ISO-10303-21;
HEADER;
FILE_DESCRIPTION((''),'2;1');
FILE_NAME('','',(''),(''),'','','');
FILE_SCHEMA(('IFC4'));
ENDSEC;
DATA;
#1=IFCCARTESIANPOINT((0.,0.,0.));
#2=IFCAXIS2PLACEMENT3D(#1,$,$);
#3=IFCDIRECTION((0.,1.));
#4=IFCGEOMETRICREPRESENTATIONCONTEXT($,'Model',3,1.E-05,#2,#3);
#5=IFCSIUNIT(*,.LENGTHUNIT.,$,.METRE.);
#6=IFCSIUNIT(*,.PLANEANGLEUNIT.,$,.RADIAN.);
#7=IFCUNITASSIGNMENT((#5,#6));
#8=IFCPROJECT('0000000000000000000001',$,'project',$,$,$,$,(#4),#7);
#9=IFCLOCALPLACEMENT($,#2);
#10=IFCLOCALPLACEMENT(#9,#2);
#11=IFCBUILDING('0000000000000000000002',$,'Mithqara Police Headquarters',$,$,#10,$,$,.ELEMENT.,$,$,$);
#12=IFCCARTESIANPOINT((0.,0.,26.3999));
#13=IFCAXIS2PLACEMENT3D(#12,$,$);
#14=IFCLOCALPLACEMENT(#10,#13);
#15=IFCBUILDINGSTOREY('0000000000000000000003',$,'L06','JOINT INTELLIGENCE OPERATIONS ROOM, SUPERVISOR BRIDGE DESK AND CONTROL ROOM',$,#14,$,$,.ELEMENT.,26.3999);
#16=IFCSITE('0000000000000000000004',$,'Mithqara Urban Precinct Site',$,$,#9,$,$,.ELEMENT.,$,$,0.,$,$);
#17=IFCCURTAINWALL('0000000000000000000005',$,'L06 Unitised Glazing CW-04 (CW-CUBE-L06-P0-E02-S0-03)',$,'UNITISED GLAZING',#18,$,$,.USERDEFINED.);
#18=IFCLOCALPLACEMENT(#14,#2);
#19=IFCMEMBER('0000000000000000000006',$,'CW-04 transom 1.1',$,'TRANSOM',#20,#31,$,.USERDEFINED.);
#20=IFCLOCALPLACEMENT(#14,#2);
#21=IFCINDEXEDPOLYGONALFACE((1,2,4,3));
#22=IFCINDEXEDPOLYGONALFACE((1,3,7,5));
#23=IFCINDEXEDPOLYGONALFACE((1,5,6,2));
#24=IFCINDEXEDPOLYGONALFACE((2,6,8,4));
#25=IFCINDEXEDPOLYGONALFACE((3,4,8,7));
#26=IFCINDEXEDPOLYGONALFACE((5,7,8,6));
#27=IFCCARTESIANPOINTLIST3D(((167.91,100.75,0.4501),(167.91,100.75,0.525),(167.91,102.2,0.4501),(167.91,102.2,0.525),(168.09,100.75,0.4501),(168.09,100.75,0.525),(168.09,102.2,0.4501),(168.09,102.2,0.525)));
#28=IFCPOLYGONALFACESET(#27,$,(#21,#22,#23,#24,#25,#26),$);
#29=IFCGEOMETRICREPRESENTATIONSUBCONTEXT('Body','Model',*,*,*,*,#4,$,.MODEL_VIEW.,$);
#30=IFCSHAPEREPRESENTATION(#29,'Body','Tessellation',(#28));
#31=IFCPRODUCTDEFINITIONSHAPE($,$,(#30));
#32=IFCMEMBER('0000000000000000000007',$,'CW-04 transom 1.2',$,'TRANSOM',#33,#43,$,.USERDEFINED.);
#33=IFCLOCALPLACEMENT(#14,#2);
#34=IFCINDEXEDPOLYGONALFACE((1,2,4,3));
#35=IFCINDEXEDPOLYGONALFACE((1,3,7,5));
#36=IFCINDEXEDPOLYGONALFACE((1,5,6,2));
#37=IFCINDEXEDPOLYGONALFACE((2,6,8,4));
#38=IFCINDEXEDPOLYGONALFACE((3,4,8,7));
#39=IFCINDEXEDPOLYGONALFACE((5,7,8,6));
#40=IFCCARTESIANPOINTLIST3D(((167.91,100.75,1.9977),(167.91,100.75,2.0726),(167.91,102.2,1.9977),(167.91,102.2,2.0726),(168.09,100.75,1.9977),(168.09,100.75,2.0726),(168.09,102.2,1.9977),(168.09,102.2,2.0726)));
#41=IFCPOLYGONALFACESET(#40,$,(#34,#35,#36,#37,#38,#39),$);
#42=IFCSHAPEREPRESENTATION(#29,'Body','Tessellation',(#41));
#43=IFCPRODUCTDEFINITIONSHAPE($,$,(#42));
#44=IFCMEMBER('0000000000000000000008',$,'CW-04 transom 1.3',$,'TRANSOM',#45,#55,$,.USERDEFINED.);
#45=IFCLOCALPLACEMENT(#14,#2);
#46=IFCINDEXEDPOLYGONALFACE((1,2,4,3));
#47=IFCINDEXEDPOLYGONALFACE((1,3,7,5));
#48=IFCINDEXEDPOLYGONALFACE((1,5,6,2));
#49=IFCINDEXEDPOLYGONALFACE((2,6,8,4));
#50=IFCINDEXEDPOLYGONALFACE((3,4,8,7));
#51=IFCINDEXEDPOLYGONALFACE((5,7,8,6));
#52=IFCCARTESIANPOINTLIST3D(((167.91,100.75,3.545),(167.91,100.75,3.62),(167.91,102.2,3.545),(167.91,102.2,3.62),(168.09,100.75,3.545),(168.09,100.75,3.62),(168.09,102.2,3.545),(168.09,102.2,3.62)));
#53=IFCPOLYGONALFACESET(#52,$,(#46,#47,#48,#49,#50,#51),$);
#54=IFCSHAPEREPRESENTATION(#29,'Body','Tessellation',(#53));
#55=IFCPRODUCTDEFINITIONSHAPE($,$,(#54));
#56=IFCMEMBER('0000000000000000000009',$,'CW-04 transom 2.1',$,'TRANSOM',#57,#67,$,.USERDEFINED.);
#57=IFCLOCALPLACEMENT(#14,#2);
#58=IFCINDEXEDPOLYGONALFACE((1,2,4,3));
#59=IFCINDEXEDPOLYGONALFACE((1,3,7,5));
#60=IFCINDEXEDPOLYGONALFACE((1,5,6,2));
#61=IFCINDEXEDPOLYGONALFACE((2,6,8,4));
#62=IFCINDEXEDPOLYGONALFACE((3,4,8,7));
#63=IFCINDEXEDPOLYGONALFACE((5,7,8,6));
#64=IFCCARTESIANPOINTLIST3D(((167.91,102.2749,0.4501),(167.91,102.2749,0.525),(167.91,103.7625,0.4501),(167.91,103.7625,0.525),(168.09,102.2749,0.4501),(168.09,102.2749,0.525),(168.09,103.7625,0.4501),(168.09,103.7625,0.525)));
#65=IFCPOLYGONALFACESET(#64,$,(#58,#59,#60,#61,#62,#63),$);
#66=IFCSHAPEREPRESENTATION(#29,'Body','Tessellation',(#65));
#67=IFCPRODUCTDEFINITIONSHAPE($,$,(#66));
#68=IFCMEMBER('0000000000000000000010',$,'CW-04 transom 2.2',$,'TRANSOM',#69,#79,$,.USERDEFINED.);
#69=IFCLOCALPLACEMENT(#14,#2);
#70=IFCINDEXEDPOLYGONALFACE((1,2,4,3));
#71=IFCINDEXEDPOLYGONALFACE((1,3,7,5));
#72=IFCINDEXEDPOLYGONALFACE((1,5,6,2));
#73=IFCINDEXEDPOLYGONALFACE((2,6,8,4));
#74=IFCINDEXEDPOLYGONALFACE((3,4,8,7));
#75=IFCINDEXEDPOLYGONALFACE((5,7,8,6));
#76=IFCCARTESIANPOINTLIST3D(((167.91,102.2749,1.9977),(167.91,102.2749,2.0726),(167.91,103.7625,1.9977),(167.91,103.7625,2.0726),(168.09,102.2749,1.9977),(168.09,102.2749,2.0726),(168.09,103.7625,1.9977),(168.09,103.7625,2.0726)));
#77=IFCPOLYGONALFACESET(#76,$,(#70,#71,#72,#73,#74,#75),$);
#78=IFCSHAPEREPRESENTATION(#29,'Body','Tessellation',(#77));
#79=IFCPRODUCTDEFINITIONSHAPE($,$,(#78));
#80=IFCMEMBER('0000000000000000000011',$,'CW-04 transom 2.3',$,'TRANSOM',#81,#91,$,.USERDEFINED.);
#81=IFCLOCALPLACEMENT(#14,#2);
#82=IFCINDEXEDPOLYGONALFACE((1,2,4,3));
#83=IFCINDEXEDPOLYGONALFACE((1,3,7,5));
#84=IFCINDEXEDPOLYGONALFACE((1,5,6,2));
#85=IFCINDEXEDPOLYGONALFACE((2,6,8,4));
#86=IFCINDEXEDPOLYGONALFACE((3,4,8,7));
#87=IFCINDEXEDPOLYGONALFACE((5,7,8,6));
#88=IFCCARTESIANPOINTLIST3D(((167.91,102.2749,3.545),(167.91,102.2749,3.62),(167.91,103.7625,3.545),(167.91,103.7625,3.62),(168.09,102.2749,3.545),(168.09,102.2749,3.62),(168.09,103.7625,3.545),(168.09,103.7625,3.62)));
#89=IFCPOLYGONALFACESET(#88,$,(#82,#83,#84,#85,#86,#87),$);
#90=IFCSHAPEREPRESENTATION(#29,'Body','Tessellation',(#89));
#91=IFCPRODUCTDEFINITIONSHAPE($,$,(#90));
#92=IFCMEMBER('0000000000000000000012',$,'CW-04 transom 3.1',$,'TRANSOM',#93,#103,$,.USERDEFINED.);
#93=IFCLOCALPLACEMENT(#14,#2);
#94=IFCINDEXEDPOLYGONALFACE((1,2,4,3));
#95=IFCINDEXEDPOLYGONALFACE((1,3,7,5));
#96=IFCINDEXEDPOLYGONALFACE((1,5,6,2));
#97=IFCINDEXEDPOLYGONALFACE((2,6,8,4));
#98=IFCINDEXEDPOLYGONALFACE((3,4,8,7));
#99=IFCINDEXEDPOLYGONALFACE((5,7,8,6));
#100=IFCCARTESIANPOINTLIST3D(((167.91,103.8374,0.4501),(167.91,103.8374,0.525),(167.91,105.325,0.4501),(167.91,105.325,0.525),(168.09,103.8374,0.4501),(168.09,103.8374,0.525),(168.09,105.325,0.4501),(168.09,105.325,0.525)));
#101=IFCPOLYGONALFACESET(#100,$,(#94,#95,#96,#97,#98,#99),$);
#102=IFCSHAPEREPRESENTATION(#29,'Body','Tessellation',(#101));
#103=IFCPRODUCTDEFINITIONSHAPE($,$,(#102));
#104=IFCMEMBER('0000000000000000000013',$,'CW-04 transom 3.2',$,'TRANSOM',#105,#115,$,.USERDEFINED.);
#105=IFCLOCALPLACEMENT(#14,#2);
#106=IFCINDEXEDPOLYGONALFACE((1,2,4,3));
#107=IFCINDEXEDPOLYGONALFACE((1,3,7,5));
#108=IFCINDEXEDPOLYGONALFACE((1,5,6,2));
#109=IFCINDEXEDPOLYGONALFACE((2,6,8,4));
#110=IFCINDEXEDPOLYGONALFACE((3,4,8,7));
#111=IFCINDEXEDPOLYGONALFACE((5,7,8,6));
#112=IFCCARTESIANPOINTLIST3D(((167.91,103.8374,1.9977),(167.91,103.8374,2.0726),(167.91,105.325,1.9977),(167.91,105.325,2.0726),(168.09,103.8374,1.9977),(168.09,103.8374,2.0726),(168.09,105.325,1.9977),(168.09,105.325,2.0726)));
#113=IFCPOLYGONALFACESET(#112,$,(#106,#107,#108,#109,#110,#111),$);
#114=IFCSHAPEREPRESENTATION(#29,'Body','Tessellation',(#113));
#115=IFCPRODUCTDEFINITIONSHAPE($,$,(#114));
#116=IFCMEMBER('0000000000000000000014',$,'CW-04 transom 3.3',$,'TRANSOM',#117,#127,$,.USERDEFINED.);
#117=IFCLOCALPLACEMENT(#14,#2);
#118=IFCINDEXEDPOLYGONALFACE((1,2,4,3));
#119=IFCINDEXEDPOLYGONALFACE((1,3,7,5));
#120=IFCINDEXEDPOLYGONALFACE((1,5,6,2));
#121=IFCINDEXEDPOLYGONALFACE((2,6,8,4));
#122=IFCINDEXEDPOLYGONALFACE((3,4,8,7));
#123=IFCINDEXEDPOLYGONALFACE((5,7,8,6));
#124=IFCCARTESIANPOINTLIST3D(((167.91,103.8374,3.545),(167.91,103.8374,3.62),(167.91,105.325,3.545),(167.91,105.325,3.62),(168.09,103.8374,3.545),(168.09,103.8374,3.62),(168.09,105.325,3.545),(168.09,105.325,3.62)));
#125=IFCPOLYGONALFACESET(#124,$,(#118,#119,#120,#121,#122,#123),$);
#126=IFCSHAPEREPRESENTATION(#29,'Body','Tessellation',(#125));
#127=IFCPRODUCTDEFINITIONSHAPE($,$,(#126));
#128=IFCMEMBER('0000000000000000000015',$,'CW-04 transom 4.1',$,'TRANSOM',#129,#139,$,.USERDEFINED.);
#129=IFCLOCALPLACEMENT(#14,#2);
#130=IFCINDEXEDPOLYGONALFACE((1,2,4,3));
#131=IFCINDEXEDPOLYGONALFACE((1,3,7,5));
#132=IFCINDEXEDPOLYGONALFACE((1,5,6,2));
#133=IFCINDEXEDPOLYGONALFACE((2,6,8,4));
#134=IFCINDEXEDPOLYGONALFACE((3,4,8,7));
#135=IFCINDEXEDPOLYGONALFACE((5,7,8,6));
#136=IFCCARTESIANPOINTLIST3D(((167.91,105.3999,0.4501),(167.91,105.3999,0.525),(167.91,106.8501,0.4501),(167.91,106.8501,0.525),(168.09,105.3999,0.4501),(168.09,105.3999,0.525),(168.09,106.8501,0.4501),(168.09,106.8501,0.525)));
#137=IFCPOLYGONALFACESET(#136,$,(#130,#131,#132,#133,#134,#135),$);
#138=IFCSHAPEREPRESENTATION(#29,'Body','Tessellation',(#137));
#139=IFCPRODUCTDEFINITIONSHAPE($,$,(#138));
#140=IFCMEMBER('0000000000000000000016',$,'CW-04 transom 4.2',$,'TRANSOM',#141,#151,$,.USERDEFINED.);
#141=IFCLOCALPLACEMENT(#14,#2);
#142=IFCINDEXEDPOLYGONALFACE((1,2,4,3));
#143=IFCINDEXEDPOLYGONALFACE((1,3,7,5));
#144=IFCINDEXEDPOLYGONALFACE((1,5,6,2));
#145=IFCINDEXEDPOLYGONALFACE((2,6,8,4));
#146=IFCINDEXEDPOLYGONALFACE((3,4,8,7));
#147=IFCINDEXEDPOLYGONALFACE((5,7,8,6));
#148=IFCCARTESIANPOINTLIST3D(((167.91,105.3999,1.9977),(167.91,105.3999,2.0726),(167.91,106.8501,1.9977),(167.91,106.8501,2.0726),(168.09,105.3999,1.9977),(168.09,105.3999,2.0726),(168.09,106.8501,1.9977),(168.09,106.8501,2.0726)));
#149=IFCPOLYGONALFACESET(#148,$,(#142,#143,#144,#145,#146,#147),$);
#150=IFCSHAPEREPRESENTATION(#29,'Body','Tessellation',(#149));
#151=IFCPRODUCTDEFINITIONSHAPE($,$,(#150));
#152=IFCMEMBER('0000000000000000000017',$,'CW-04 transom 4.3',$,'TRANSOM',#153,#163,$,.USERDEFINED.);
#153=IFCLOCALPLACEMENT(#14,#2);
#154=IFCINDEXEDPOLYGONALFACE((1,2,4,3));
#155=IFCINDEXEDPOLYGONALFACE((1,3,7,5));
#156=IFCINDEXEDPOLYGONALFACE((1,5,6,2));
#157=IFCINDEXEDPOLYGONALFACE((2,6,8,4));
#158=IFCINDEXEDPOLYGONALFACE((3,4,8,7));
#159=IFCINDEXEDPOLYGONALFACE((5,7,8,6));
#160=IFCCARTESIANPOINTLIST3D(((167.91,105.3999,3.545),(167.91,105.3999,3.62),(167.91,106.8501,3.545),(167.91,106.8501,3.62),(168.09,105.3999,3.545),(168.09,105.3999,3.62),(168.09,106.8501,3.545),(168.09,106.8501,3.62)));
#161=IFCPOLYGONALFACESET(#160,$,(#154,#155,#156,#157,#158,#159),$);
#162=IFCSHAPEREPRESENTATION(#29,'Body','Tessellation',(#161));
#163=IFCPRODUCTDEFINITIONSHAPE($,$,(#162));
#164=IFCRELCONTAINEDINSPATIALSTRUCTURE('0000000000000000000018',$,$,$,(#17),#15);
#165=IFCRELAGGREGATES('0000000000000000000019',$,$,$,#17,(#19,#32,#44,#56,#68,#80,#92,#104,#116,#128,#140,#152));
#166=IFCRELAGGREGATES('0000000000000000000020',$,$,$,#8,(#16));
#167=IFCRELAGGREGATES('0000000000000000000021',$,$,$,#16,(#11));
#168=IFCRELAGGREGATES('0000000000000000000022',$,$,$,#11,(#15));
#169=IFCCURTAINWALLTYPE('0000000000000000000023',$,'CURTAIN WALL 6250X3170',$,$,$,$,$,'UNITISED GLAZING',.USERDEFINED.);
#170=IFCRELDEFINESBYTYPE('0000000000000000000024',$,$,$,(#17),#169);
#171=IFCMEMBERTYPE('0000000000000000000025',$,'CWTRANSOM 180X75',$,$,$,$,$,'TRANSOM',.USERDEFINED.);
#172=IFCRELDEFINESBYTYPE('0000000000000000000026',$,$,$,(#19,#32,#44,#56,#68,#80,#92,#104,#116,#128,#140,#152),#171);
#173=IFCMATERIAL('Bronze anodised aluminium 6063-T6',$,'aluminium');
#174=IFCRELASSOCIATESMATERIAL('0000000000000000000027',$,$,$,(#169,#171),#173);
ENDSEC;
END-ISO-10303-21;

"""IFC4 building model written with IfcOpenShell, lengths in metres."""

from ifc_helpers import new_model, si_unit, direction, frame, origin, origin_2d, place, context, subcontext, project, spatial, rectangle, extrude, material, material_profile, profile_set, type_object, element, aggregate, save


model = new_model("IFC4")

# Units and contexts
model_context = context("Model", 3, precision=1e-05, world=origin(), true_north=direction((0.0, 1.0)))
body_context = subcontext(model_context, "Body", "Model", "MODEL_VIEW")
ifc_project = project(units=[si_unit("LENGTHUNIT", "METRE"), si_unit("PLANEANGLEUNIT", "RADIAN")], contexts=[model_context])

# Site, building, storey
site_placement = place(None, origin())
site = spatial("IfcSite", under=ifc_project, at=site_placement, Name="Mithqara Urban Precinct Site", CompositionType="ELEMENT", RefElevation=0.0)
building_placement = place(site_placement, origin())
building = spatial("IfcBuilding", under=site, at=building_placement, Name="Mithqara Police Headquarters", CompositionType="ELEMENT")
storey_placement = place(building_placement, frame((0.0, 0.0, 26.3999)))
storey = spatial("IfcBuildingStorey", under=building, at=storey_placement, Name="L06", Description="JOINT INTELLIGENCE OPERATIONS ROOM, SUPERVISOR BRIDGE DESK AND CONTROL ROOM", CompositionType="ELEMENT", Elevation=26.3999)

# Curtain wall
ifc_material_1 = material(Name="Bronze anodised aluminium 6063-T6", Category="aluminium")
curtain_wall_type = type_object("IfcCurtainWallType", Name="CURTAIN WALL 6250X3170", ElementType="UNITISED GLAZING", PredefinedType="USERDEFINED", material=ifc_material_1)
curtain_wall_1_placement = place(storey_placement, origin())
curtain_wall_1 = element("IfcCurtainWall", 1, at=curtain_wall_1_placement, inside=storey, type_object=curtain_wall_type, Name="L06 Unitised Glazing CW-04 (CW-CUBE-L06-P0-E02-S0-03)", ObjectType="UNITISED GLAZING", PredefinedType="USERDEFINED")

# Members
ifc_material_profile_1 = material_profile(ifc_material_1, rectangle(XDim=0.1799, YDim=0.075, at=origin_2d()), Name="CWT 180x75")
ifc_profile_set_1 = profile_set([ifc_material_profile_1], Name="Bronze anodised aluminium 6063-T6")
member_type_1 = type_object("IfcMemberType", Name="CWTRANSOM 180X75", ElementType="TRANSOM", PredefinedType="USERDEFINED", material=ifc_profile_set_1)
member_1_placement = place(storey_placement, frame((168.0, 100.75, 0.4875), z_axis=(0.0, 1.0, 0.0), x_axis=(-1.0, 0.0, 0.0)))
member_1 = element("IfcMember", 2, at=member_1_placement, type_object=member_type_1, Name="CW-04 transom 1.1", ObjectType="TRANSOM", PredefinedType="USERDEFINED", context=body_context, shape_type="SweptSolid", body=[
    extrude(rectangle(XDim=0.1799, YDim=0.075, at=origin_2d()), origin(), (0.0, 0.0, 1.0), 1.45),
])
member_2_placement = place(storey_placement, frame((168.0, 100.75, 2.0352), z_axis=(0.0, 1.0, 0.0), x_axis=(-1.0, 0.0, 0.0)))
member_2 = element("IfcMember", 3, at=member_2_placement, type_object=member_type_1, Name="CW-04 transom 1.2", ObjectType="TRANSOM", PredefinedType="USERDEFINED", context=body_context, shape_type="SweptSolid", body=[
    extrude(rectangle(XDim=0.1799, YDim=0.075, at=origin_2d()), origin(), (0.0, 0.0, 1.0), 1.45),
])
member_3_placement = place(storey_placement, frame((168.0, 100.75, 3.5825), z_axis=(0.0, 1.0, 0.0), x_axis=(-1.0, 0.0, 0.0)))
member_3 = element("IfcMember", 4, at=member_3_placement, type_object=member_type_1, Name="CW-04 transom 1.3", ObjectType="TRANSOM", PredefinedType="USERDEFINED", context=body_context, shape_type="SweptSolid", body=[
    extrude(rectangle(XDim=0.1799, YDim=0.075, at=origin_2d()), origin(), (0.0, 0.0, 1.0), 1.45),
])
member_4_placement = place(storey_placement, frame((168.0, 102.2749, 0.4875), z_axis=(0.0, 1.0, 0.0), x_axis=(-1.0, 0.0, 0.0)))
member_4 = element("IfcMember", 5, at=member_4_placement, type_object=member_type_1, Name="CW-04 transom 2.1", ObjectType="TRANSOM", PredefinedType="USERDEFINED", context=body_context, shape_type="SweptSolid", body=[
    extrude(rectangle(XDim=0.1799, YDim=0.075, at=origin_2d()), origin(), (0.0, 0.0, 1.0), 1.4875),
])
member_5_placement = place(storey_placement, frame((168.0, 102.2749, 2.0352), z_axis=(0.0, 1.0, 0.0), x_axis=(-1.0, 0.0, 0.0)))
member_5 = element("IfcMember", 6, at=member_5_placement, type_object=member_type_1, Name="CW-04 transom 2.2", ObjectType="TRANSOM", PredefinedType="USERDEFINED", context=body_context, shape_type="SweptSolid", body=[
    extrude(rectangle(XDim=0.1799, YDim=0.075, at=origin_2d()), origin(), (0.0, 0.0, 1.0), 1.4875),
])
member_6_placement = place(storey_placement, frame((168.0, 102.2749, 3.5825), z_axis=(0.0, 1.0, 0.0), x_axis=(-1.0, 0.0, 0.0)))
member_6 = element("IfcMember", 7, at=member_6_placement, type_object=member_type_1, Name="CW-04 transom 2.3", ObjectType="TRANSOM", PredefinedType="USERDEFINED", context=body_context, shape_type="SweptSolid", body=[
    extrude(rectangle(XDim=0.1799, YDim=0.075, at=origin_2d()), origin(), (0.0, 0.0, 1.0), 1.4875),
])
member_7_placement = place(storey_placement, frame((168.0, 103.8374, 0.4875), z_axis=(0.0, 1.0, 0.0), x_axis=(-1.0, 0.0, 0.0)))
member_7 = element("IfcMember", 8, at=member_7_placement, type_object=member_type_1, Name="CW-04 transom 3.1", ObjectType="TRANSOM", PredefinedType="USERDEFINED", context=body_context, shape_type="SweptSolid", body=[
    extrude(rectangle(XDim=0.1799, YDim=0.075, at=origin_2d()), origin(), (0.0, 0.0, 1.0), 1.4875),
])
member_8_placement = place(storey_placement, frame((168.0, 103.8374, 2.0352), z_axis=(0.0, 1.0, 0.0), x_axis=(-1.0, 0.0, 0.0)))
member_8 = element("IfcMember", 9, at=member_8_placement, type_object=member_type_1, Name="CW-04 transom 3.2", ObjectType="TRANSOM", PredefinedType="USERDEFINED", context=body_context, shape_type="SweptSolid", body=[
    extrude(rectangle(XDim=0.1799, YDim=0.075, at=origin_2d()), origin(), (0.0, 0.0, 1.0), 1.4875),
])
member_9_placement = place(storey_placement, frame((168.0, 103.8374, 3.5825), z_axis=(0.0, 1.0, 0.0), x_axis=(-1.0, 0.0, 0.0)))
member_9 = element("IfcMember", 10, at=member_9_placement, type_object=member_type_1, Name="CW-04 transom 3.3", ObjectType="TRANSOM", PredefinedType="USERDEFINED", context=body_context, shape_type="SweptSolid", body=[
    extrude(rectangle(XDim=0.1799, YDim=0.075, at=origin_2d()), origin(), (0.0, 0.0, 1.0), 1.4875),
])
member_10_placement = place(storey_placement, frame((168.0, 105.3999, 0.4875), z_axis=(0.0, 1.0, 0.0), x_axis=(-1.0, 0.0, 0.0)))
member_10 = element("IfcMember", 11, at=member_10_placement, type_object=member_type_1, Name="CW-04 transom 4.1", ObjectType="TRANSOM", PredefinedType="USERDEFINED", context=body_context, shape_type="SweptSolid", body=[
    extrude(rectangle(XDim=0.1799, YDim=0.075, at=origin_2d()), origin(), (0.0, 0.0, 1.0), 1.4502),
])
member_11_placement = place(storey_placement, frame((168.0, 105.3999, 2.0352), z_axis=(0.0, 1.0, 0.0), x_axis=(-1.0, 0.0, 0.0)))
member_11 = element("IfcMember", 12, at=member_11_placement, type_object=member_type_1, Name="CW-04 transom 4.2", ObjectType="TRANSOM", PredefinedType="USERDEFINED", context=body_context, shape_type="SweptSolid", body=[
    extrude(rectangle(XDim=0.1799, YDim=0.075, at=origin_2d()), origin(), (0.0, 0.0, 1.0), 1.4502),
])
member_12_placement = place(storey_placement, frame((168.0, 105.3999, 3.5825), z_axis=(0.0, 1.0, 0.0), x_axis=(-1.0, 0.0, 0.0)))
member_12 = element("IfcMember", 13, at=member_12_placement, type_object=member_type_1, Name="CW-04 transom 4.3", ObjectType="TRANSOM", PredefinedType="USERDEFINED", context=body_context, shape_type="SweptSolid", body=[
    extrude(rectangle(XDim=0.1799, YDim=0.075, at=origin_2d()), origin(), (0.0, 0.0, 1.0), 1.4502),
])

aggregate(curtain_wall_1, [member_1, member_2, member_3, member_4, member_5, member_6, member_7, member_8, member_9, member_10, member_11, member_12])

save(model, "model.ifc")
